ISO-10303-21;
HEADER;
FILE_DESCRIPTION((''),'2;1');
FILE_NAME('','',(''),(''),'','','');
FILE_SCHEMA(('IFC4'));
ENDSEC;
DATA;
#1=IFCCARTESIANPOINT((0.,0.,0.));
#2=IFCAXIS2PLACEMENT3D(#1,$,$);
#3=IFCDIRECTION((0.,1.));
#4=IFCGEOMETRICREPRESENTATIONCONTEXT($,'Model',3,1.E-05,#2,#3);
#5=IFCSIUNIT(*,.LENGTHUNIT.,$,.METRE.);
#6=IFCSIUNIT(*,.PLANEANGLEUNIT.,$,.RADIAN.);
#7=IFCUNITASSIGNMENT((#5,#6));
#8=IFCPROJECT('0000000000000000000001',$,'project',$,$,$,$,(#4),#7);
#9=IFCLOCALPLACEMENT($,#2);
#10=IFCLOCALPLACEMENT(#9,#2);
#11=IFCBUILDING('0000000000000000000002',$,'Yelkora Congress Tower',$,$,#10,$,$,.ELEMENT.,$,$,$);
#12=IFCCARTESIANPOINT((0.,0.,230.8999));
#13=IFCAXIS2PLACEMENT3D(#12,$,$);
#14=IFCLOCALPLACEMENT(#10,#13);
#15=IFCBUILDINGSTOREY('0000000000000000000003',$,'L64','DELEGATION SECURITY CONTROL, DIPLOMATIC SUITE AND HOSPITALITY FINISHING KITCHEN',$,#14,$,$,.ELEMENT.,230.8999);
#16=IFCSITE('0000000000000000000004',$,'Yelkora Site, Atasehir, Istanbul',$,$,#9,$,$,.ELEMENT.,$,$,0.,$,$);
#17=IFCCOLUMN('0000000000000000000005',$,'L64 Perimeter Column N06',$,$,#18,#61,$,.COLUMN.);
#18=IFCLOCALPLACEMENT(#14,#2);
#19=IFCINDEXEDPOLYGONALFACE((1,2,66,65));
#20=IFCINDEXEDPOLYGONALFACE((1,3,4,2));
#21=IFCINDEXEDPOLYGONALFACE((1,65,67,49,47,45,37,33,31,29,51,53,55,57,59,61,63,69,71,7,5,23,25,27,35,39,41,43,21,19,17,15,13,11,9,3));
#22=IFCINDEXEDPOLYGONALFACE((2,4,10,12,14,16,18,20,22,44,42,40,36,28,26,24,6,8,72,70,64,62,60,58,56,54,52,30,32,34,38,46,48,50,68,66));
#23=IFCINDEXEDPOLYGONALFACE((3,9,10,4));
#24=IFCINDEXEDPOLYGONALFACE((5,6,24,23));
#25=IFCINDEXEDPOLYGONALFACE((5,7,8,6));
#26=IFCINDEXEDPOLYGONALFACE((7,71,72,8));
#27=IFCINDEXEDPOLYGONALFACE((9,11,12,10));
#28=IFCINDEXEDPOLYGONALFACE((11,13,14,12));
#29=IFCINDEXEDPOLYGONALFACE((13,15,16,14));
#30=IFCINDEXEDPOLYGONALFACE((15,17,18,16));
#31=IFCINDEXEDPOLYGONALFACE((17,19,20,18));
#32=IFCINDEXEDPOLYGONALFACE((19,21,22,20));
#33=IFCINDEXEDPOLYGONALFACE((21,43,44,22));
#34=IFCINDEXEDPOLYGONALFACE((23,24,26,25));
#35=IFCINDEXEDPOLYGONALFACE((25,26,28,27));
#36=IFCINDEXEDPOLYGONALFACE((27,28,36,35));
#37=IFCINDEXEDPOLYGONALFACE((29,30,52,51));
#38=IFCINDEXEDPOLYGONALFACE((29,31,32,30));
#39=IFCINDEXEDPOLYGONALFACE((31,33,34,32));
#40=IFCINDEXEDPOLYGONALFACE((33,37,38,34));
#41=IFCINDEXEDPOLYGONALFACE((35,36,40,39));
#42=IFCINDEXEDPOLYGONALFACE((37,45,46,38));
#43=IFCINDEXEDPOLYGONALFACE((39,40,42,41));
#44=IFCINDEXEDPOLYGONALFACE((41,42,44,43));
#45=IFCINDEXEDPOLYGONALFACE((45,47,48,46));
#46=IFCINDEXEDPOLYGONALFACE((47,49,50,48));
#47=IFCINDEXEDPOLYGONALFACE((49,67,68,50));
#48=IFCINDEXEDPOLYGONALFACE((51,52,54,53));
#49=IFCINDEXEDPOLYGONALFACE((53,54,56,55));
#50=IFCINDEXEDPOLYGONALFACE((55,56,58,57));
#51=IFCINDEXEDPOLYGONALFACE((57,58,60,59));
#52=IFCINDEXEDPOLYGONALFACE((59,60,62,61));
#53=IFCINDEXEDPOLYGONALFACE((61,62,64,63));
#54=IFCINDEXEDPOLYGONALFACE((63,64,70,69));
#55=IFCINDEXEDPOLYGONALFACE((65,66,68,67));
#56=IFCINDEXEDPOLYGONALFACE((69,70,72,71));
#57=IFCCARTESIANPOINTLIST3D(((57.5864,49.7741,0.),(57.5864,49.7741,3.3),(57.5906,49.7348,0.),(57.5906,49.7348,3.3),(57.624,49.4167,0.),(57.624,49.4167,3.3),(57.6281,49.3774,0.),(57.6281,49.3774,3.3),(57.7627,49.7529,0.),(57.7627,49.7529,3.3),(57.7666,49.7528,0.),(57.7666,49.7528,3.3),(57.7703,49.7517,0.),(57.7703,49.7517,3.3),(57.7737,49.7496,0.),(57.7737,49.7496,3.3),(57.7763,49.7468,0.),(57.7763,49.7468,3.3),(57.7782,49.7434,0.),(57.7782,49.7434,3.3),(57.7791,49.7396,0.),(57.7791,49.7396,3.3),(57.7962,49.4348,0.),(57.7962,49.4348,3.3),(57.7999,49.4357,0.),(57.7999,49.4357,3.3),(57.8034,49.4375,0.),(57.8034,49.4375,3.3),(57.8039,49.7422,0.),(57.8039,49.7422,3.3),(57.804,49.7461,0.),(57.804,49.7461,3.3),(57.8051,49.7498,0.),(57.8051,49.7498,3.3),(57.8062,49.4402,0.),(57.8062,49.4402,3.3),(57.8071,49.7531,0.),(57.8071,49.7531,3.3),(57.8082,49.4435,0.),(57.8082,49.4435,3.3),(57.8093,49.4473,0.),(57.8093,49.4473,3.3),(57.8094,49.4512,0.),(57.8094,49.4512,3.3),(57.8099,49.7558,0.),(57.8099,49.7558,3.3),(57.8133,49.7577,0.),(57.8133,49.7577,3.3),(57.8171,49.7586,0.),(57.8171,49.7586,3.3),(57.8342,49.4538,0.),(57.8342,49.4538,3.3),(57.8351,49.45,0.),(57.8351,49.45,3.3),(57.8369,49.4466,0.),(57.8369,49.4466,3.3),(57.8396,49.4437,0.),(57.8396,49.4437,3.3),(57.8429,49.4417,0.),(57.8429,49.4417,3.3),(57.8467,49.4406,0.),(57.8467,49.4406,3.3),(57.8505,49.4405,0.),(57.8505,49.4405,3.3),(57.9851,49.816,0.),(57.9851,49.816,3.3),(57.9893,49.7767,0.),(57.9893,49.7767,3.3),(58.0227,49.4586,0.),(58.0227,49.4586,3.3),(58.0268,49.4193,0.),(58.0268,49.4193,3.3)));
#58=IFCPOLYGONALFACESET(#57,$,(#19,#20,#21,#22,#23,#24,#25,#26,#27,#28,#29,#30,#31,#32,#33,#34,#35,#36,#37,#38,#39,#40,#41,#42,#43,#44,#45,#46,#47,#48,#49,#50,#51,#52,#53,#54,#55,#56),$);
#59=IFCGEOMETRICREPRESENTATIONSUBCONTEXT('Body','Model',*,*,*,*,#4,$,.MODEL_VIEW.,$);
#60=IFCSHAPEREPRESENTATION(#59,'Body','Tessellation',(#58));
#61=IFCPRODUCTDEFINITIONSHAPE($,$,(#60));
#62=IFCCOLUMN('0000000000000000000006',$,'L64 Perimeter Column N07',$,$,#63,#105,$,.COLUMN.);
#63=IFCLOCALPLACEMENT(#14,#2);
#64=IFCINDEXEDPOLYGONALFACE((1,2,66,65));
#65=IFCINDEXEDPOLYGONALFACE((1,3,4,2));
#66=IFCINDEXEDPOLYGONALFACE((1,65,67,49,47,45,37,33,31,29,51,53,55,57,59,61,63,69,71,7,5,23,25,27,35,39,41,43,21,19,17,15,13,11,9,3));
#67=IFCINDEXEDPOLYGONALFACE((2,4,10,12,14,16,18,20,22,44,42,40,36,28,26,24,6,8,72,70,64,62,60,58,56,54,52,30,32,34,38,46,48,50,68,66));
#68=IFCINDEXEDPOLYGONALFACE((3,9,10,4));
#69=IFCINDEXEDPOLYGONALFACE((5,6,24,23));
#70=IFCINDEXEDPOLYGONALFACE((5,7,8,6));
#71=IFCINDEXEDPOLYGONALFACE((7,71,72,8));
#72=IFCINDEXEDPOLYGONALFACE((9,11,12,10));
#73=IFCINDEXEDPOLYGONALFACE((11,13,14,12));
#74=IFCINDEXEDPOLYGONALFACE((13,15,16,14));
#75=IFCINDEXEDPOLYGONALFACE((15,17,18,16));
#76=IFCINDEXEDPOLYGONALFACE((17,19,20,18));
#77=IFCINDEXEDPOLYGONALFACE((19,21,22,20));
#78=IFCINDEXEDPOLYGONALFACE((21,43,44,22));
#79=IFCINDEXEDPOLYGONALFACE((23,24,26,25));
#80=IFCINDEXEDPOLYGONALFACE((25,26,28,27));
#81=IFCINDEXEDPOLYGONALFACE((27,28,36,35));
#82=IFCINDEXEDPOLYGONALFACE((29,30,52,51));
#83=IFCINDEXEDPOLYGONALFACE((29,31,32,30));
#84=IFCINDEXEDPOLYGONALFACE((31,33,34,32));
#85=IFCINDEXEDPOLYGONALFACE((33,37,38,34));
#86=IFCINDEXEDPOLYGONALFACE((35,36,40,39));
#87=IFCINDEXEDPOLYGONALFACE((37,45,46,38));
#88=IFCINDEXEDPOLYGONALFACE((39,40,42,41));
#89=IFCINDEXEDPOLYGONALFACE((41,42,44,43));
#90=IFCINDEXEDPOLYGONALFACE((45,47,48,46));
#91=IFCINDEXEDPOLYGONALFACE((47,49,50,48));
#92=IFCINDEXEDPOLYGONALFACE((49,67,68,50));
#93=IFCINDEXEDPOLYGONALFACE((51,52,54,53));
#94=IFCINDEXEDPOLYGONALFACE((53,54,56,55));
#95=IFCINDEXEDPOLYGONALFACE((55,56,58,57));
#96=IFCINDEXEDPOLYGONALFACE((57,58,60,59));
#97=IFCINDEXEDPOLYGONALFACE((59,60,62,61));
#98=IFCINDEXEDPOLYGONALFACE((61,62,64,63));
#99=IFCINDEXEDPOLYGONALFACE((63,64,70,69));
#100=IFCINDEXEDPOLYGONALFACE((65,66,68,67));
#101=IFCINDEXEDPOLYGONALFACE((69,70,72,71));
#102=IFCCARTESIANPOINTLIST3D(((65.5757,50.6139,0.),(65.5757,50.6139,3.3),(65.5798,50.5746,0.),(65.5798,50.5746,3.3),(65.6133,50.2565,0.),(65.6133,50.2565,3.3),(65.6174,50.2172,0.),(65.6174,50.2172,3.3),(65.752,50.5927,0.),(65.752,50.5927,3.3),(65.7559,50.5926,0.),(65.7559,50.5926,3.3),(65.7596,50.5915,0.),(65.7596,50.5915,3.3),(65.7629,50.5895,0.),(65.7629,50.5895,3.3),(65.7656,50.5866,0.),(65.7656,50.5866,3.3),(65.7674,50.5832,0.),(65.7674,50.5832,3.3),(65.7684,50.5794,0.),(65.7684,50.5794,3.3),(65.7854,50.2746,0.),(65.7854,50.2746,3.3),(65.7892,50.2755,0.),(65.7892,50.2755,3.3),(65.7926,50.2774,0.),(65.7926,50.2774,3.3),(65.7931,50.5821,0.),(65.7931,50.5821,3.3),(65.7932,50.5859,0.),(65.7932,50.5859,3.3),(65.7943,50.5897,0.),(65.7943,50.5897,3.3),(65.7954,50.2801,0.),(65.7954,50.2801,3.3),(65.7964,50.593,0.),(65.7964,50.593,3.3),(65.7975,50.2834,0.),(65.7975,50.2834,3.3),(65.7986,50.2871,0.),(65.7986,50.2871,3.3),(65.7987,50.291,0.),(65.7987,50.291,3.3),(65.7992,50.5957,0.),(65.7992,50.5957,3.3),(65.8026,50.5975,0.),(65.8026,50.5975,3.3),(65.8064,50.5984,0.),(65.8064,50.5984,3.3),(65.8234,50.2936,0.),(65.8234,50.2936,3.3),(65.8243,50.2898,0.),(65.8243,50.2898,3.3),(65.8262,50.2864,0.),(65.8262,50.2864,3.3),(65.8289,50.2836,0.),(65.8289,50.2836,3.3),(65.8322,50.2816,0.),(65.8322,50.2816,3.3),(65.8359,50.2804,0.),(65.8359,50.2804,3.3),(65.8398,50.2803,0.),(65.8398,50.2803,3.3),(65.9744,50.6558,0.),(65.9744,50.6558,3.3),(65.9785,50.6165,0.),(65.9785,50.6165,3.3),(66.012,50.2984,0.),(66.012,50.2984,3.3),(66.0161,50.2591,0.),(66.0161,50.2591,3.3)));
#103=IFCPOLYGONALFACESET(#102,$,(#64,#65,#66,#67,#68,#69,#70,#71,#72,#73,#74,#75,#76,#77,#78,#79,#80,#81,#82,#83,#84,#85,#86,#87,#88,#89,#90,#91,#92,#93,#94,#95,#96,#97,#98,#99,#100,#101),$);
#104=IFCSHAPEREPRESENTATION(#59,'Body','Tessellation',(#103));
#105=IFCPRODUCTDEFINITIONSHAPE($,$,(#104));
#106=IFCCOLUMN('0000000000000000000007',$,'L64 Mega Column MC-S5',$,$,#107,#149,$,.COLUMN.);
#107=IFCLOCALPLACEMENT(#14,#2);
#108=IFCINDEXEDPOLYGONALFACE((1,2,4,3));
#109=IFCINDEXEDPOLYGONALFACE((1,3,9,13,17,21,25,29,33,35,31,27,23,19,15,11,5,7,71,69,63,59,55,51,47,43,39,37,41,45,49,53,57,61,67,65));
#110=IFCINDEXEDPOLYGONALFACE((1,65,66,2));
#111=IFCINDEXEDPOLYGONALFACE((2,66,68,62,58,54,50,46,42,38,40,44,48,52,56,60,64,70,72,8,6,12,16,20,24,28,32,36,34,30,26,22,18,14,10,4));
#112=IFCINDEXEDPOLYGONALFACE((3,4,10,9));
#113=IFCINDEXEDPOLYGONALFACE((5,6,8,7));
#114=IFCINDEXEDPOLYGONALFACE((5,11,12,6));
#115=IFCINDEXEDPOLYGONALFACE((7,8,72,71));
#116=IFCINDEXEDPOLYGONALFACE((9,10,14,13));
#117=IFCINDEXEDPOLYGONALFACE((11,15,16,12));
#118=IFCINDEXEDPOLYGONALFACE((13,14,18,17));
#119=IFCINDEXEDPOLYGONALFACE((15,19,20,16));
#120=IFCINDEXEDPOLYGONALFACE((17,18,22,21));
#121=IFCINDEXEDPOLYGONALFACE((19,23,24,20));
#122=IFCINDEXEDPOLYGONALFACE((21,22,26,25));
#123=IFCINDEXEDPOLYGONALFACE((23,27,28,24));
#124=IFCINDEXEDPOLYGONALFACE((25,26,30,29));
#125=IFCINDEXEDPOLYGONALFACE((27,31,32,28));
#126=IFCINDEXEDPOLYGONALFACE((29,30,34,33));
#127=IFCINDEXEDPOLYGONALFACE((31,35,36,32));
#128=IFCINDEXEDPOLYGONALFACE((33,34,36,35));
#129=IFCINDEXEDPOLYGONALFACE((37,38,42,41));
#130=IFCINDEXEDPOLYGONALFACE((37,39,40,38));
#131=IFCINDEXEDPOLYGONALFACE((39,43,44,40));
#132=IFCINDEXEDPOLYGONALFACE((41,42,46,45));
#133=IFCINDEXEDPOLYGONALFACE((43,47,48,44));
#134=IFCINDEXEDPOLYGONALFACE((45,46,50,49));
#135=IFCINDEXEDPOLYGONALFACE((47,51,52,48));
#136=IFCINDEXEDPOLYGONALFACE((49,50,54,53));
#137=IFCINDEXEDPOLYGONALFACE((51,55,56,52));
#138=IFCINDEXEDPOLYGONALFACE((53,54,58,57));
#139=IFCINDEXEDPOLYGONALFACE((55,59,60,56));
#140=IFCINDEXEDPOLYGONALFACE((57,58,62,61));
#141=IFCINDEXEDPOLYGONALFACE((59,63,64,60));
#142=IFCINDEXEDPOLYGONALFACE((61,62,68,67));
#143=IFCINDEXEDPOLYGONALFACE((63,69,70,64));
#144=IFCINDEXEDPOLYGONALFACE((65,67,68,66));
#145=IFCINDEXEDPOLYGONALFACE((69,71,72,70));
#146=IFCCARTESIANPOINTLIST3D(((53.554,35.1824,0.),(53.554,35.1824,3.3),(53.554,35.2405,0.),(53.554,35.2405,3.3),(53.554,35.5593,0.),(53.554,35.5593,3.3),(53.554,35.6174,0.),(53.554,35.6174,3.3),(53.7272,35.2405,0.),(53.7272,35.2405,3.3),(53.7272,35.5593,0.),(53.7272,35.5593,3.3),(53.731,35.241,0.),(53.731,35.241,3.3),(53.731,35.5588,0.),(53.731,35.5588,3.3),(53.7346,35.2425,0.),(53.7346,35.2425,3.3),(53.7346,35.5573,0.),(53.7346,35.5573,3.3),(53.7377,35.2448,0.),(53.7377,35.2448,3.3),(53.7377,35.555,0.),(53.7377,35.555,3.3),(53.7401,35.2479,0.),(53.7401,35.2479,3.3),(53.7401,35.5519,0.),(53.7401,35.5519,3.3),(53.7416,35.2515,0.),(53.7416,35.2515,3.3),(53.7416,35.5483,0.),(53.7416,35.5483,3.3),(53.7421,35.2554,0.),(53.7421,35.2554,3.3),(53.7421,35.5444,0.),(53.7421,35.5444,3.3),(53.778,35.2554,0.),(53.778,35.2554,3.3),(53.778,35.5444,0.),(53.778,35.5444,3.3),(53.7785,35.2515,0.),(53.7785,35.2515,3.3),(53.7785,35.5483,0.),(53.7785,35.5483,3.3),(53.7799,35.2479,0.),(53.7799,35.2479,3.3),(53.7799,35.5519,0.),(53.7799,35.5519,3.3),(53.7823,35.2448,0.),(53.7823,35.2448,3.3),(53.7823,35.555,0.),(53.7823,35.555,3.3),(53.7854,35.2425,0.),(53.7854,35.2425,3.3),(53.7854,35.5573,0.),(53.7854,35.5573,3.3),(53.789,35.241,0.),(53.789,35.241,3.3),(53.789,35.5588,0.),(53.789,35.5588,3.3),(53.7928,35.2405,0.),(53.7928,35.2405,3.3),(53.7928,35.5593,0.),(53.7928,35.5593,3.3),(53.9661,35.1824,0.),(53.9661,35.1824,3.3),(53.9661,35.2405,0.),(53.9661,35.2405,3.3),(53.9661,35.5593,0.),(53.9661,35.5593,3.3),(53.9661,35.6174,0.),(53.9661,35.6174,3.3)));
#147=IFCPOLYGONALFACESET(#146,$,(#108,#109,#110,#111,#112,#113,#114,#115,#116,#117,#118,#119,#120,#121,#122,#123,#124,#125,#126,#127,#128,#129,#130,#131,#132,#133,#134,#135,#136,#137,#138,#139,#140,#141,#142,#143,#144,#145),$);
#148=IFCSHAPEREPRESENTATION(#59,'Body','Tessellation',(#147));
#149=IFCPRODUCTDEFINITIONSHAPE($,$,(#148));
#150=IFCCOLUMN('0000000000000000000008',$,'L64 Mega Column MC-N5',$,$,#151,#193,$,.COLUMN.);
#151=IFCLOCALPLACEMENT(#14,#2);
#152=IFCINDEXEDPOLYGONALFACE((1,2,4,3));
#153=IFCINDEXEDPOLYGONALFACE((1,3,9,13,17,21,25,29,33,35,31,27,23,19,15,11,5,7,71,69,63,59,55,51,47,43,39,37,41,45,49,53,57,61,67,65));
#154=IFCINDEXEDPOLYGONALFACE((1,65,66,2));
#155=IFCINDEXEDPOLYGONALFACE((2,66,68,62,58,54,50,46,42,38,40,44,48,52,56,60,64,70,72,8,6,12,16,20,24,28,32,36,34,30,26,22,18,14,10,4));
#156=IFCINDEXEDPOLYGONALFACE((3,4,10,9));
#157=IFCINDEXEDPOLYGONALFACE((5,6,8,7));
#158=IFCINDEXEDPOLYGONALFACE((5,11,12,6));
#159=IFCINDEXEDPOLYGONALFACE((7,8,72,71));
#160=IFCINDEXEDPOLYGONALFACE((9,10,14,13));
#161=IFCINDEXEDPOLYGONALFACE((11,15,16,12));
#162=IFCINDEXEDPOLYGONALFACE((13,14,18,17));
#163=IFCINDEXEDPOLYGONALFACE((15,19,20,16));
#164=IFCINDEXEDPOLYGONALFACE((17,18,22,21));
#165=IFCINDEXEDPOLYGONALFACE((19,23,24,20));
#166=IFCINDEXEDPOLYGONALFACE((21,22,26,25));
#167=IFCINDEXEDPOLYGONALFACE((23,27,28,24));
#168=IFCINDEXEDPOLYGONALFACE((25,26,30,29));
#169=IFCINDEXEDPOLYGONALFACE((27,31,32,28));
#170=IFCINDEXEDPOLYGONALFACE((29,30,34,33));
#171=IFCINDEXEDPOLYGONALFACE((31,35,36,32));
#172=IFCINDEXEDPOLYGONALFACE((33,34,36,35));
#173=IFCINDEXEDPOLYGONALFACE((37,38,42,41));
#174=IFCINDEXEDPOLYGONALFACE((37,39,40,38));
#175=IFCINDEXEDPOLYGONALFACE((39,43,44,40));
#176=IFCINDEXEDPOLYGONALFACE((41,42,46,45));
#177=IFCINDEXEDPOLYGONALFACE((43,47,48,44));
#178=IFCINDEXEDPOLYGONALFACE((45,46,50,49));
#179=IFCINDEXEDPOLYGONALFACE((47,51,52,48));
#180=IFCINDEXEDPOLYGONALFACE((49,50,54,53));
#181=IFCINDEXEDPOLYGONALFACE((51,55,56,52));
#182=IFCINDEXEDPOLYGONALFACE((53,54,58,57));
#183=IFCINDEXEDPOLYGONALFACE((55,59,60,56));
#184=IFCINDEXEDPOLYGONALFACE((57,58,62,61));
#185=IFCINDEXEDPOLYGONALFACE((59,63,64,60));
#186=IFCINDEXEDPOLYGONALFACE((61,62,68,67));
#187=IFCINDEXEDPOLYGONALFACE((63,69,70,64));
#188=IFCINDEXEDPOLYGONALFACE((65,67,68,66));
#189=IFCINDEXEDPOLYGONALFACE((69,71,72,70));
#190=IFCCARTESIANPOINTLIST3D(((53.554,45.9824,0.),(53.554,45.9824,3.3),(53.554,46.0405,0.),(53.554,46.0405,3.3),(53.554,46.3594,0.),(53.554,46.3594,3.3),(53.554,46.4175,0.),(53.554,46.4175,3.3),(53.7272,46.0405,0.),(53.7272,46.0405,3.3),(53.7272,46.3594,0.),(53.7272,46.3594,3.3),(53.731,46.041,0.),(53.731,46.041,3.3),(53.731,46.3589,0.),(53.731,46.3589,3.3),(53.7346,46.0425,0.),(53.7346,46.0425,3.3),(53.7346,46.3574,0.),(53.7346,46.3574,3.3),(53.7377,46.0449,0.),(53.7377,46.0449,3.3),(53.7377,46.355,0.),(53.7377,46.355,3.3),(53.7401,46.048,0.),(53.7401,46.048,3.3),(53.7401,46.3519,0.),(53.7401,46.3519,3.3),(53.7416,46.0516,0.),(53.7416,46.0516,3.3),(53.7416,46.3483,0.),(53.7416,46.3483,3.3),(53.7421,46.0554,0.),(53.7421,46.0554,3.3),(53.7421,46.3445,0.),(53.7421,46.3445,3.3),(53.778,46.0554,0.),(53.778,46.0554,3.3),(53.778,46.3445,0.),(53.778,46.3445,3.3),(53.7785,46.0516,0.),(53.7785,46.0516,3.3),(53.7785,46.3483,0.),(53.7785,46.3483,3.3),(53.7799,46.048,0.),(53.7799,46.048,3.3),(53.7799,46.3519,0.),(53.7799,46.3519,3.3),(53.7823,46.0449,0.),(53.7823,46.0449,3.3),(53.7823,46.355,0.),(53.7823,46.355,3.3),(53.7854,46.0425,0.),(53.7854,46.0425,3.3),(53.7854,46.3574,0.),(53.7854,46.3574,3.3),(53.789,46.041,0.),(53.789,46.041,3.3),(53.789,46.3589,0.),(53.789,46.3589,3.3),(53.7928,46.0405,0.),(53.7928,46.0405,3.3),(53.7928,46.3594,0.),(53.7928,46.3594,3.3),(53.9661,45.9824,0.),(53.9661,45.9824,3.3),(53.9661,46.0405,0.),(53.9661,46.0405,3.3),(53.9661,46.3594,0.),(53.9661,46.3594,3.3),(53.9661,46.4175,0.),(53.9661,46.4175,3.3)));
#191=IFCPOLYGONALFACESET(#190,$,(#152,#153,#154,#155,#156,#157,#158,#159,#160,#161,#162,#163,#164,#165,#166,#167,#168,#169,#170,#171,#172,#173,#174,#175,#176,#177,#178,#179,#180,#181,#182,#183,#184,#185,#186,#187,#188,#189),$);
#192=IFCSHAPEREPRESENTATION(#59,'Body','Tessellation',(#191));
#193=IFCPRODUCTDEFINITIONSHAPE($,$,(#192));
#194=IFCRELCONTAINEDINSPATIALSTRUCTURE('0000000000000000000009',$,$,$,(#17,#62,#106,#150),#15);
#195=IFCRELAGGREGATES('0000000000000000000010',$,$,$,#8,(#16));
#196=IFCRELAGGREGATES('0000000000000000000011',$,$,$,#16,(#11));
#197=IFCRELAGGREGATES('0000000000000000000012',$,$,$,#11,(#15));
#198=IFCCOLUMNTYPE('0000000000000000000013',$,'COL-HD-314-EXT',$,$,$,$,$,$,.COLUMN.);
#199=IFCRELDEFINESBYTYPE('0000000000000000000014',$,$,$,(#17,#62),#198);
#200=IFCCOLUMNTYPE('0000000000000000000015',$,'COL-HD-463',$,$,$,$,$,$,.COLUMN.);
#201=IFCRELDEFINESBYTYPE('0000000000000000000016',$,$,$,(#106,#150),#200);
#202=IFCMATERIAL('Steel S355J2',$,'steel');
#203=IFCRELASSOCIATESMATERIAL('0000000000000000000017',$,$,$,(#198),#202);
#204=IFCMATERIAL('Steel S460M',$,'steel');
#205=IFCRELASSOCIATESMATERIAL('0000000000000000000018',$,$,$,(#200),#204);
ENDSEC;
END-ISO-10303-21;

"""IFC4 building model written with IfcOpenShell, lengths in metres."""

from ifc_helpers import new_model, si_unit, direction, frame, origin, origin_2d, place, context, subcontext, project, spatial, i_section, extrude, material, material_profile, profile_set, type_object, element, save


model = new_model("IFC4")

# Units and contexts
model_context = context("Model", 3, precision=1e-05, world=origin(), true_north=direction((0.0, 1.0)))
body_context = subcontext(model_context, "Body", "Model", "MODEL_VIEW")
ifc_project = project(units=[si_unit("LENGTHUNIT", "METRE"), si_unit("PLANEANGLEUNIT", "RADIAN")], contexts=[model_context])

# Site, building, storey
site_placement = place(None, origin())
site = spatial("IfcSite", under=ifc_project, at=site_placement, Name="Yelkora Site, Atasehir, Istanbul", CompositionType="ELEMENT", RefElevation=0.0)
building_placement = place(site_placement, origin())
building = spatial("IfcBuilding", under=site, at=building_placement, Name="Yelkora Congress Tower", CompositionType="ELEMENT")
storey_placement = place(building_placement, frame((0.0, 0.0, 230.8999)))
storey = spatial("IfcBuildingStorey", under=building, at=storey_placement, Name="L64", Description="DELEGATION SECURITY CONTROL, DIPLOMATIC SUITE AND HOSPITALITY FINISHING KITCHEN", CompositionType="ELEMENT", Elevation=230.8999)

# Columns
ifc_material_1 = material(Name="Steel S355J2", Category="steel")
ifc_material_profile_1 = material_profile(ifc_material_1, i_section(OverallWidth=0.4009, OverallDepth=0.3989, WebThickness=0.0249, FlangeThickness=0.0396, FilletRadius=0.0149, at=origin_2d()), Name="HD 400x314")
ifc_profile_set_1 = profile_set([ifc_material_profile_1], Name="Steel S355J2")
column_type_1 = type_object("IfcColumnType", Name="COL-HD-314-EXT", PredefinedType="COLUMN", material=ifc_profile_set_1)
for number, where, z_axis, x_axis, name in (
    (1, (57.8066, 49.5967, 0.0), (0.0, 0.0, 1.0), (0.994522, 0.104528, 0.0), "L64 Perimeter Column N06"),
    (2, (65.7959, 50.4365, 0.0), (0.0, 0.0, 1.0), (0.994522, 0.104528, 0.0), "L64 Perimeter Column N07"),
):
    element("IfcColumn", number, at=place(storey_placement, frame(where, z_axis=z_axis, x_axis=x_axis)), inside=storey, type_object=column_type_1, Name=name, PredefinedType="COLUMN", context=body_context, shape_type="SweptSolid", body=[
        extrude(i_section(OverallWidth=0.4009, OverallDepth=0.3989, WebThickness=0.0249, FlangeThickness=0.0396, FilletRadius=0.0149, at=origin_2d()), origin(), (0.0, 0.0, 1.0), 3.3),
    ])
ifc_material_2 = material(Name="Steel S460M", Category="steel")
ifc_material_profile_2 = material_profile(ifc_material_2, i_section(OverallWidth=0.4121, OverallDepth=0.4351, WebThickness=0.0359, FlangeThickness=0.0581, FilletRadius=0.0149, at=origin_2d()), Name="HD 400x463")
ifc_profile_set_2 = profile_set([ifc_material_profile_2], Name="Steel S460M")
column_type_2 = type_object("IfcColumnType", Name="COL-HD-463", PredefinedType="COLUMN", material=ifc_profile_set_2)
for number, where, z_axis, x_axis, name in (
    (3, (53.76, 35.3999, 0.0), (0.0, 0.0, 1.0), (1.0, 0.0, 0.0), "L64 Mega Column MC-S5"),
    (4, (53.76, 46.2, 0.0), (0.0, 0.0, 1.0), (1.0, 0.0, 0.0), "L64 Mega Column MC-N5"),
):
    element("IfcColumn", number, at=place(storey_placement, frame(where, z_axis=z_axis, x_axis=x_axis)), inside=storey, type_object=column_type_2, Name=name, PredefinedType="COLUMN", context=body_context, shape_type="SweptSolid", body=[
        extrude(i_section(OverallWidth=0.4121, OverallDepth=0.4351, WebThickness=0.0359, FlangeThickness=0.0581, FilletRadius=0.0149, at=origin_2d()), origin(), (0.0, 0.0, 1.0), 3.3),
    ])

save(model, "model.ifc")
